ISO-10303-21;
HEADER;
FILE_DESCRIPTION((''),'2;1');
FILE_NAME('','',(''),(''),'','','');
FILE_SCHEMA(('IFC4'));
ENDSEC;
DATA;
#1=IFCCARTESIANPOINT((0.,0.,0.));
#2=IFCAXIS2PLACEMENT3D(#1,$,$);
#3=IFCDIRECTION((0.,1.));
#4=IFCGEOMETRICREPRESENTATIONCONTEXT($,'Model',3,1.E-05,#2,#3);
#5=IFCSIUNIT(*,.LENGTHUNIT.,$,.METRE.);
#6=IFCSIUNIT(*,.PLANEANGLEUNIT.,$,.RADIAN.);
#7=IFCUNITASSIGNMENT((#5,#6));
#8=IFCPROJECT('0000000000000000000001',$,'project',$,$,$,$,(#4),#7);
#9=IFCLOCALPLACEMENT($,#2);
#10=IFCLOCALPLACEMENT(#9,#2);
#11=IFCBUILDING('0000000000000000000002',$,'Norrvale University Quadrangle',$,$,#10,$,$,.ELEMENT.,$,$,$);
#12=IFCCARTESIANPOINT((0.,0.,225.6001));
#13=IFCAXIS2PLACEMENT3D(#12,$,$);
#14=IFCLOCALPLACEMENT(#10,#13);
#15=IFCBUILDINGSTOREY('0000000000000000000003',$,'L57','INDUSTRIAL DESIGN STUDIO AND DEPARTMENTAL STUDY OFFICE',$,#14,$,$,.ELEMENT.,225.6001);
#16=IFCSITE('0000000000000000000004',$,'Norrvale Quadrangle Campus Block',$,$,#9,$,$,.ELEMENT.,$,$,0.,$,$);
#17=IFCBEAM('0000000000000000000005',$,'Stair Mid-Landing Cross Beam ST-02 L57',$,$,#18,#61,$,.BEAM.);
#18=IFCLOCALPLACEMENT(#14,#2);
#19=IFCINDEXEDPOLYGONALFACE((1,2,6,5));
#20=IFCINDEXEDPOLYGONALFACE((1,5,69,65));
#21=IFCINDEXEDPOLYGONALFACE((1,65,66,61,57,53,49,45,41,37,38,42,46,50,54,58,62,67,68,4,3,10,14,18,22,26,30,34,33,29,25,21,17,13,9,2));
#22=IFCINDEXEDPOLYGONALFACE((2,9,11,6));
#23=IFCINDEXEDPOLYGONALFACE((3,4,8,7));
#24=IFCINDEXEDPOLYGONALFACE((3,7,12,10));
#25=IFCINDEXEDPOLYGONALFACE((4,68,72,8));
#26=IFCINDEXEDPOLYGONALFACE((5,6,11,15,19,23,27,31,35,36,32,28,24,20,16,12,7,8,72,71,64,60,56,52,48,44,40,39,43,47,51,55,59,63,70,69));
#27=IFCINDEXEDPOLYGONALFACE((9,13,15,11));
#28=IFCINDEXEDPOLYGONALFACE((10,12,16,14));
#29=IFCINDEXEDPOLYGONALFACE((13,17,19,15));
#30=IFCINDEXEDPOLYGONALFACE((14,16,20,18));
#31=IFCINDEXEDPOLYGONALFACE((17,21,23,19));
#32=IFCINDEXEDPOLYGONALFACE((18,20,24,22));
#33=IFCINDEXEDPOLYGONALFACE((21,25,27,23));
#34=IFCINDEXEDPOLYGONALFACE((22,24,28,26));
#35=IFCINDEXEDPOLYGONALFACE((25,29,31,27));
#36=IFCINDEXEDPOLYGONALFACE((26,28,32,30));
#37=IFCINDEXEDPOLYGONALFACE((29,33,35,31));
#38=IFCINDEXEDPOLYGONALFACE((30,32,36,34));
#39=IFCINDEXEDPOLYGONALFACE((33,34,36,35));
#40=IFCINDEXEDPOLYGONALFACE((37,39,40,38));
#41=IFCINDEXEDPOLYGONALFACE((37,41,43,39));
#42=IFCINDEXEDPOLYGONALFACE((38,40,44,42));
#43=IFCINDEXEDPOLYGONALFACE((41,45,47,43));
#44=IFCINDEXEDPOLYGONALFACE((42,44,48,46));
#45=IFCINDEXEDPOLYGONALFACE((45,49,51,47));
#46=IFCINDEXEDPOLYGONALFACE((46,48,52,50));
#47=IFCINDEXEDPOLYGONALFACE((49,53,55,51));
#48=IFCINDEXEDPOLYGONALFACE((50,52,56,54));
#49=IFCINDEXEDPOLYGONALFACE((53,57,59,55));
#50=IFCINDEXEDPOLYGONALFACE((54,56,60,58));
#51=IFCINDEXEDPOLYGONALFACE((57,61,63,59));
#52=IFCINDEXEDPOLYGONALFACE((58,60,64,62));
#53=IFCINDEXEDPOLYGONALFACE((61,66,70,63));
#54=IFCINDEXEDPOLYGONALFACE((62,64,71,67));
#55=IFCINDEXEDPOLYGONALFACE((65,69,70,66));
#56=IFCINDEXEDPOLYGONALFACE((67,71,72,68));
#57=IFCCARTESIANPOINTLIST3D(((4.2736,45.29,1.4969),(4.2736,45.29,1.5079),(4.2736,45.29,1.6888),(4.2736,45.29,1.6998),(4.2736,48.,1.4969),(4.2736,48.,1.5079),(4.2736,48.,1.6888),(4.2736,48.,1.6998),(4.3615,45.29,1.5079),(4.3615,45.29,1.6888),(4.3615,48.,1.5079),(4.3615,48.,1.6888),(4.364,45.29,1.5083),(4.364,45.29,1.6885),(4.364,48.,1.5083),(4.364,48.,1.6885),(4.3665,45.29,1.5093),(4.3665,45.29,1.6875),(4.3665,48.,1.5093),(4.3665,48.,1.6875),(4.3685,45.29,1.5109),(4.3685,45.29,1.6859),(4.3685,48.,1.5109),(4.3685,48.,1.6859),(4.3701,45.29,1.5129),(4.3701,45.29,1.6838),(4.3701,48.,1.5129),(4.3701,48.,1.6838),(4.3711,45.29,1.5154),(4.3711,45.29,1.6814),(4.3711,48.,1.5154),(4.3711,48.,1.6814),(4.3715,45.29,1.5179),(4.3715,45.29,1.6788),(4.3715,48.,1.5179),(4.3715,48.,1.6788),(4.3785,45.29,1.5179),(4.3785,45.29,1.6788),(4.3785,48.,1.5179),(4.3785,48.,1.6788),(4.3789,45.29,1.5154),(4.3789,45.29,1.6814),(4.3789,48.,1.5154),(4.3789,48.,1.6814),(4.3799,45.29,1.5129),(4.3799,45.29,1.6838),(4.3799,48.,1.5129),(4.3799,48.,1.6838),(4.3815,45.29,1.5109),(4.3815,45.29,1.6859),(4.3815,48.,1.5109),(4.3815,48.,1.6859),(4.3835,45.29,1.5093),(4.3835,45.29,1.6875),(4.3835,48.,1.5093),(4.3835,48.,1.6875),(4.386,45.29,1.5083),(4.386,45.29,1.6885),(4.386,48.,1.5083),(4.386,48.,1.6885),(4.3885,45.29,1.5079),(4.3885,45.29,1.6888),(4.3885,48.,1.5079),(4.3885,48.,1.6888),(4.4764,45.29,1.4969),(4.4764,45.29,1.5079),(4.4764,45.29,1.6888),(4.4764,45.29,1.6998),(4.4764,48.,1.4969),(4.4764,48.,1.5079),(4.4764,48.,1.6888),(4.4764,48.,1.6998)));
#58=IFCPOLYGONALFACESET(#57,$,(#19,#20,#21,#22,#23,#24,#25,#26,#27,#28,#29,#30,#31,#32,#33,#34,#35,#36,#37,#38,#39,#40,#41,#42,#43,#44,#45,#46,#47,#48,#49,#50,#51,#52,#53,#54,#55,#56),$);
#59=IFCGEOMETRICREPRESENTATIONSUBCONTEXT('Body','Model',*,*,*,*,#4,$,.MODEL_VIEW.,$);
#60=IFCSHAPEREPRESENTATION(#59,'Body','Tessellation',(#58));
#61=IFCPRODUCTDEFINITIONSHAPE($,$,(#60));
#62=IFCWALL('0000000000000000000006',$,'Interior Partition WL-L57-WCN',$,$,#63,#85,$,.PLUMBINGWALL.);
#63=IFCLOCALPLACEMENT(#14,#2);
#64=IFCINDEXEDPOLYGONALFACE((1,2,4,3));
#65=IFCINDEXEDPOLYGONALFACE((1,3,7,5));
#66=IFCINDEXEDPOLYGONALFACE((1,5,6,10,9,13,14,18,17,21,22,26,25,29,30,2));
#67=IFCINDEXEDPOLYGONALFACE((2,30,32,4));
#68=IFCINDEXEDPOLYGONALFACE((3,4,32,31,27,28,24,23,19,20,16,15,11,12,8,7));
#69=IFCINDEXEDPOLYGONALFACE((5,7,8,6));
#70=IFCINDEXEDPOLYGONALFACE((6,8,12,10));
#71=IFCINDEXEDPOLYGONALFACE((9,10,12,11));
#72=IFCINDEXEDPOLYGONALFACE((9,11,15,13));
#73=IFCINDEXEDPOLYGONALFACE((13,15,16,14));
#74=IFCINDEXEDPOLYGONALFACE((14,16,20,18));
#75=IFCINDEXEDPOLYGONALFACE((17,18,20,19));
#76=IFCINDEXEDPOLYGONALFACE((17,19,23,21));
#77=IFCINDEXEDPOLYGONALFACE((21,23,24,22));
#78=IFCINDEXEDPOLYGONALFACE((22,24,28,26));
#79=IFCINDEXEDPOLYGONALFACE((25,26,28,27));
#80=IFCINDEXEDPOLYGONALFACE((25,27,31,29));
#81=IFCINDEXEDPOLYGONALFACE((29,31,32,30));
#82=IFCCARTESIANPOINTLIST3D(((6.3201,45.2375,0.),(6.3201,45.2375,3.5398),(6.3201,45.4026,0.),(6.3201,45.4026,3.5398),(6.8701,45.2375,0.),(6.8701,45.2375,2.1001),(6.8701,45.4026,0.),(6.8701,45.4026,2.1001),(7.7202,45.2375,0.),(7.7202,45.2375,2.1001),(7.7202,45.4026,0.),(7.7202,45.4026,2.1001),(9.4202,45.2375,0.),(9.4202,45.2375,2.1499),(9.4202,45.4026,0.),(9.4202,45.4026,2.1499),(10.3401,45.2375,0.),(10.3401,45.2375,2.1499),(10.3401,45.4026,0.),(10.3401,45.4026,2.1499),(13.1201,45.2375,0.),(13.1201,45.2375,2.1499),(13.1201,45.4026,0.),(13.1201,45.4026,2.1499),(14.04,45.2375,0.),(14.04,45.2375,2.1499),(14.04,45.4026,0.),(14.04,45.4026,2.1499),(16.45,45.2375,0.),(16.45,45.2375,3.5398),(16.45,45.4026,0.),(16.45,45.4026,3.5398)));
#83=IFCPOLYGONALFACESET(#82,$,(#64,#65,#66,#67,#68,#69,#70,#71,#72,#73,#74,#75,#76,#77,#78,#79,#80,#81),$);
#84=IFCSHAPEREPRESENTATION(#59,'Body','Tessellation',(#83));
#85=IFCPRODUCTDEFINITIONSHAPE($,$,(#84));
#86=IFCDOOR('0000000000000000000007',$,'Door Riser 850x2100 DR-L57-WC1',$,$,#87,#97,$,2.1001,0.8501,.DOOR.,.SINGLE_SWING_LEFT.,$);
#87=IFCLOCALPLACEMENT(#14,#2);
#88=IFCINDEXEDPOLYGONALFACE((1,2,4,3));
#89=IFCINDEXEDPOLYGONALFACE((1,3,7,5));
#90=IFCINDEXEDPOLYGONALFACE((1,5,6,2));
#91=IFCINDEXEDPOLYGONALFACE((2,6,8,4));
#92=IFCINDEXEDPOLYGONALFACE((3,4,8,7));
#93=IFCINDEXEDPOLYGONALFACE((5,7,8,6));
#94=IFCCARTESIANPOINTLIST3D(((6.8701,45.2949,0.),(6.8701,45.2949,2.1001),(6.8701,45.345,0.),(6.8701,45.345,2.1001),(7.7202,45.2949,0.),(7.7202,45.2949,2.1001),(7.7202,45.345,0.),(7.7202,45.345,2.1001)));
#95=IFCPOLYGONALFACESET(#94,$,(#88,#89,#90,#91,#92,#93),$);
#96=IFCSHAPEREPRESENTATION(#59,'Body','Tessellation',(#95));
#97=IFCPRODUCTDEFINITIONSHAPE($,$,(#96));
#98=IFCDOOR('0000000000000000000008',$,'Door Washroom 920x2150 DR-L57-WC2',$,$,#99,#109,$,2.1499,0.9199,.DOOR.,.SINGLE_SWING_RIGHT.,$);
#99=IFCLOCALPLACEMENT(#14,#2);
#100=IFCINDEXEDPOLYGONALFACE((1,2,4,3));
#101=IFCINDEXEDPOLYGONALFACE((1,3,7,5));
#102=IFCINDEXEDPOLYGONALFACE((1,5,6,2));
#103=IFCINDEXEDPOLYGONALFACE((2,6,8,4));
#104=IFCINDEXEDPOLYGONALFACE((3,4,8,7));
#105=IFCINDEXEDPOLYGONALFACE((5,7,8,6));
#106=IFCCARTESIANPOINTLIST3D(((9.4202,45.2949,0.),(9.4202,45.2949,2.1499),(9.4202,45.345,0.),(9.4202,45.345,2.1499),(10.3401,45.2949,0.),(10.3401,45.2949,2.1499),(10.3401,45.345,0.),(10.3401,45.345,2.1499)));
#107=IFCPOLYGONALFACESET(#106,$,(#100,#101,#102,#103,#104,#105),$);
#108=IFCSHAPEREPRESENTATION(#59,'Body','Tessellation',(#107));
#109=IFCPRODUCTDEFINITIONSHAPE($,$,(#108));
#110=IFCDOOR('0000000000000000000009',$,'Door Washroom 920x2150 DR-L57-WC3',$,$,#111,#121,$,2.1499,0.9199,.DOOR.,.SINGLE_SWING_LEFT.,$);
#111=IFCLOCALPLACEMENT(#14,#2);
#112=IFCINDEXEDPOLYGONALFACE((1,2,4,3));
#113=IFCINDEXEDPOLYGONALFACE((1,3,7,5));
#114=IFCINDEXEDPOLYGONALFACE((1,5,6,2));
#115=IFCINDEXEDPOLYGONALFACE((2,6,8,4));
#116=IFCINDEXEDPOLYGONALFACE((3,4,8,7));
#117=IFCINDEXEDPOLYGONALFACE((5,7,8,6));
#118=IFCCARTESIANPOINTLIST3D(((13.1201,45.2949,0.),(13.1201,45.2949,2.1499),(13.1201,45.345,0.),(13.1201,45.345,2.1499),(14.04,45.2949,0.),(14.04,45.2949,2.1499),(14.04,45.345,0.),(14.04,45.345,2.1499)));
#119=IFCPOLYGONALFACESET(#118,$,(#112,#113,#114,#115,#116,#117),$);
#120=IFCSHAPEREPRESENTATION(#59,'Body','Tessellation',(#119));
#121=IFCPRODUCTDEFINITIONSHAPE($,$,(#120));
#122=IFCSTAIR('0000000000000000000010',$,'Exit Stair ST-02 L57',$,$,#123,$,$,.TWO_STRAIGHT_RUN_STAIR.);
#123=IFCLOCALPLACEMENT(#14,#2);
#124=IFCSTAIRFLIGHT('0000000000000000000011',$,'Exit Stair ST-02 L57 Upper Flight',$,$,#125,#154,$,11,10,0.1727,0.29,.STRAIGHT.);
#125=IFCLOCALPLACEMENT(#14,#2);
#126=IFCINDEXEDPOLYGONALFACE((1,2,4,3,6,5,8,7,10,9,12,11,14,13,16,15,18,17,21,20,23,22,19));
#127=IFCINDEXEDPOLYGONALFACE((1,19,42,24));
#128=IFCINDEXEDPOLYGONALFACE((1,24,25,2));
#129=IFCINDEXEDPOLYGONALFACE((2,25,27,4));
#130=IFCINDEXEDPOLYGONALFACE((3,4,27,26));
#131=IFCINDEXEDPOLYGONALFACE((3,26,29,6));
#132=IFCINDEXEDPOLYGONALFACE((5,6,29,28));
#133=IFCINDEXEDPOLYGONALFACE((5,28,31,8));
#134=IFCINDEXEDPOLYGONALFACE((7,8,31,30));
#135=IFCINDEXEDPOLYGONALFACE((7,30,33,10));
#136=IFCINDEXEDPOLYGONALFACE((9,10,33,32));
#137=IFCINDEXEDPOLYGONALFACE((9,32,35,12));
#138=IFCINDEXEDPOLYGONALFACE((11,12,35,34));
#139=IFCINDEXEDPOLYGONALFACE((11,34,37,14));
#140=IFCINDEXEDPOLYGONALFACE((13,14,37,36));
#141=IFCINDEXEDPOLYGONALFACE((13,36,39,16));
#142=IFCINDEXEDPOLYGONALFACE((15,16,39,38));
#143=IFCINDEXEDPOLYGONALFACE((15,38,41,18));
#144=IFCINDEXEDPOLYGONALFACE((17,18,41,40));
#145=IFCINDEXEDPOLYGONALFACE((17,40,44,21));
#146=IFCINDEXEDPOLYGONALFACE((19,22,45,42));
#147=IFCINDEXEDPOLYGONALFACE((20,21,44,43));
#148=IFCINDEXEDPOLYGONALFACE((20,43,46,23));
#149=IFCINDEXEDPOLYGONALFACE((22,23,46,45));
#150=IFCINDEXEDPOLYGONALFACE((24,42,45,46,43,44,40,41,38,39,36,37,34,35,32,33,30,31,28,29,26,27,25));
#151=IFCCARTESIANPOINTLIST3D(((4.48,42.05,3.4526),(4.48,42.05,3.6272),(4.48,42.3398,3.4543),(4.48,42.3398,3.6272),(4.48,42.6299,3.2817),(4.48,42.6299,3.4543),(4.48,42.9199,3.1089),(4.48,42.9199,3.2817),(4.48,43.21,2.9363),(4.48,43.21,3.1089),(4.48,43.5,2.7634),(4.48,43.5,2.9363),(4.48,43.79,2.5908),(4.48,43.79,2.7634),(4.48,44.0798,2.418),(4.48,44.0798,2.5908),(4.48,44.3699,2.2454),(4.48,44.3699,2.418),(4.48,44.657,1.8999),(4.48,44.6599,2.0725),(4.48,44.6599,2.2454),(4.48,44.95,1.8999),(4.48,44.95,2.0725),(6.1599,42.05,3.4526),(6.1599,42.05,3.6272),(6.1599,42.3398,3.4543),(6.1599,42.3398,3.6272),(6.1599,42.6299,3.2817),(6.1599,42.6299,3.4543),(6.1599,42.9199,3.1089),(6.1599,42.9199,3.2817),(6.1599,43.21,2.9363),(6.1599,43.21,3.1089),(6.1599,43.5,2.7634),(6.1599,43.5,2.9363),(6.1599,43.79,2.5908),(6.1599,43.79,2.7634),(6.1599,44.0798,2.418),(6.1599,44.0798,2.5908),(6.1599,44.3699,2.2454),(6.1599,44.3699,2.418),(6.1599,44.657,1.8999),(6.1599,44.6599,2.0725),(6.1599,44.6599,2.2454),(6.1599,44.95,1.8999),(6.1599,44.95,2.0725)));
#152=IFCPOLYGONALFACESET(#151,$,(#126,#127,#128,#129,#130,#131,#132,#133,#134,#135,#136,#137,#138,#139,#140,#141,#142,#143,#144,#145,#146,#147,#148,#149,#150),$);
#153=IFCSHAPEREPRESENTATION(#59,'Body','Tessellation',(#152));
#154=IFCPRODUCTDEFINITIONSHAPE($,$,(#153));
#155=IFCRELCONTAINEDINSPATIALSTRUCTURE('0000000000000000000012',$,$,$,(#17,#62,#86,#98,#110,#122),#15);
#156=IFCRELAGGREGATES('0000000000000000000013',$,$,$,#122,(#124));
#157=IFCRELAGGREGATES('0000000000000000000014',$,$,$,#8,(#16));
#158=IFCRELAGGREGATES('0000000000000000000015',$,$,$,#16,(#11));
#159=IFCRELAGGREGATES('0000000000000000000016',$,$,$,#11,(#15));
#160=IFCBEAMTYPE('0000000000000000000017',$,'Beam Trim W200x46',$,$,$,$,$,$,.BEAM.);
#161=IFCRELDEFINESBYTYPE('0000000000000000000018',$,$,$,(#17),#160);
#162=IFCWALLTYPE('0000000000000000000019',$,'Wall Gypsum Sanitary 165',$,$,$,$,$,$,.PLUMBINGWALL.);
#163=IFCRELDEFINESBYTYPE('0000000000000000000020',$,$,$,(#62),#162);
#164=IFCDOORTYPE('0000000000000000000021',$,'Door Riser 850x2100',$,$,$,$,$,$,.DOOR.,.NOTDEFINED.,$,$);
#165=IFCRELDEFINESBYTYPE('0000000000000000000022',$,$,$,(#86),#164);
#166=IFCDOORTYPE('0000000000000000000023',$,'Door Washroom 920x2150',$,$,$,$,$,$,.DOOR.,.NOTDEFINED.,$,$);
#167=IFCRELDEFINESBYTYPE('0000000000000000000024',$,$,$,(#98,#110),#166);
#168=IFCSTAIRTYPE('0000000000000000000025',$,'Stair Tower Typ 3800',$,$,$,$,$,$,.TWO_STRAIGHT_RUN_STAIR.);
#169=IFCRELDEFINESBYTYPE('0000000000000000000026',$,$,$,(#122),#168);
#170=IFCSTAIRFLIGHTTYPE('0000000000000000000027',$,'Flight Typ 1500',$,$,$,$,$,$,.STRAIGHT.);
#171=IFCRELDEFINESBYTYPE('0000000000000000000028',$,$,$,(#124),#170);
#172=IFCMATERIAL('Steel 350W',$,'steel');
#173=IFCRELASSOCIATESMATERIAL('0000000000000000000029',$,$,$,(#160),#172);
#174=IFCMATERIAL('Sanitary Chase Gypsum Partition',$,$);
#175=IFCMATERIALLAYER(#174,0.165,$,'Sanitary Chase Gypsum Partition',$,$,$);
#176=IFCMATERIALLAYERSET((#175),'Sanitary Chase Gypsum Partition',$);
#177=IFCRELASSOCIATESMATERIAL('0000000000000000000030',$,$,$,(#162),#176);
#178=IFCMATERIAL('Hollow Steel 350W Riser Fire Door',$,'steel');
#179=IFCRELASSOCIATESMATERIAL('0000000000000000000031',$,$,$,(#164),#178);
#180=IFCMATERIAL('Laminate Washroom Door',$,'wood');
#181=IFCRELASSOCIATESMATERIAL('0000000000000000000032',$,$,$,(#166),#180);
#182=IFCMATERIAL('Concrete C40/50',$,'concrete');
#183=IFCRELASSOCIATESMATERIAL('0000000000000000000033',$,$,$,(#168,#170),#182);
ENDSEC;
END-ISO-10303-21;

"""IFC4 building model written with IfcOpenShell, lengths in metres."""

from ifc_helpers import new_model, si_unit, direction, frame, frame_2d, origin, origin_2d, place, context, subcontext, project, spatial, polyline, rectangle, i_section, outline, extrude, material, layer, layer_set, material_profile, profile_set, type_object, element, fill, aggregate, save


model = new_model("IFC4")

# Units and contexts
model_context = context("Model", 3, precision=1e-05, world=origin(), true_north=direction((0.0, 1.0)))
body_context = subcontext(model_context, "Body", "Model", "MODEL_VIEW")
ifc_project = project(units=[si_unit("LENGTHUNIT", "METRE"), si_unit("PLANEANGLEUNIT", "RADIAN")], contexts=[model_context])

# Site, building, storey
site_placement = place(None, origin())
site = spatial("IfcSite", under=ifc_project, at=site_placement, Name="Norrvale Quadrangle Campus Block", CompositionType="ELEMENT", RefElevation=0.0)
building_placement = place(site_placement, origin())
building = spatial("IfcBuilding", under=site, at=building_placement, Name="Norrvale University Quadrangle", CompositionType="ELEMENT")
storey_placement = place(building_placement, frame((0.0, 0.0, 225.6001)))
storey = spatial("IfcBuildingStorey", under=building, at=storey_placement, Name="L57", Description="INDUSTRIAL DESIGN STUDIO AND DEPARTMENTAL STUDY OFFICE", CompositionType="ELEMENT", Elevation=225.6001)

# Beam
ifc_material_1 = material(Name="Steel 350W", Category="steel")
ifc_material_profile_1 = material_profile(ifc_material_1, i_section(OverallWidth=0.2029, OverallDepth=0.2029, WebThickness=0.0071, FlangeThickness=0.011, FilletRadius=0.01, at=origin_2d()), Name="Steel 350W")
ifc_profile_set_1 = profile_set([ifc_material_profile_1], Name="Steel 350W")
beam_type_1 = type_object("IfcBeamType", Name="Beam Trim W200x46", PredefinedType="BEAM", material=ifc_profile_set_1)
beam_1_placement = place(storey_placement, frame((4.375, 45.29, 1.5984), z_axis=(0.0, 1.0, 0.0), x_axis=(-1.0, 0.0, 0.0)))
element("IfcBeam", 1, at=beam_1_placement, inside=storey, type_object=beam_type_1, Name="Stair Mid-Landing Cross Beam ST-02 L57", PredefinedType="BEAM", context=body_context, shape_type="SweptSolid", body=[
    extrude(i_section(OverallWidth=0.2029, OverallDepth=0.2029, WebThickness=0.0071, FlangeThickness=0.011, FilletRadius=0.01, at=origin_2d()), origin(), (0.0, 0.0, 1.0), 2.71),
])

# Wall, openings, doors
ifc_material_2 = material(Name="Sanitary Chase Gypsum Partition")
ifc_layer = layer(ifc_material_2, 0.165, Name="Sanitary Chase Gypsum Partition")
ifc_layer_set = layer_set([ifc_layer], Name="Sanitary Chase Gypsum Partition")
wall_type = type_object("IfcWallType", Name="Wall Gypsum Sanitary 165", PredefinedType="PLUMBINGWALL", material=ifc_layer_set)
wall_placement = place(storey_placement, frame((6.3201, 45.3201, 0.0), z_axis=(0.0, 0.0, 1.0), x_axis=(1.0, 0.0, 0.0)))
wall = element("IfcWall", 2, at=wall_placement, inside=storey, type_object=wall_type, Name="Interior Partition WL-L57-WCN", PredefinedType="PLUMBINGWALL", context=body_context, shape_type="SweptSolid", body=[
    extrude(rectangle(XDim=10.1299, YDim=0.165, at=frame_2d((5.0649, 0.0))), origin(), (0.0, 0.0, 1.0), 3.5398),
])
opening_1_placement = place(wall_placement, frame((0.55, 0.0, 0.0)))
opening_1 = element("IfcOpeningElement", 3, at=opening_1_placement, cuts=wall, PredefinedType="OPENING", context=body_context, shape_type="SweptSolid", body=[
    extrude(rectangle(XDim=0.8501, YDim=2.1001, at=frame_2d((0.425, 1.05))), frame((0.0, 0.0945, 0.0), z_axis=(0.0, -1.0, 0.0), x_axis=(1.0, 0.0, 0.0)), (0.0, 0.0, 1.0), 0.189),
])
opening_2_placement = place(wall_placement, frame((3.1001, 0.0, 0.0)))
opening_2 = element("IfcOpeningElement", 4, at=opening_2_placement, cuts=wall, PredefinedType="OPENING", context=body_context, shape_type="SweptSolid", body=[
    extrude(rectangle(XDim=0.9199, YDim=2.1499, at=frame_2d((0.46, 1.075))), frame((0.0, 0.0945, 0.0), z_axis=(0.0, -1.0, 0.0), x_axis=(1.0, 0.0, 0.0)), (0.0, 0.0, 1.0), 0.189),
])
opening_3_placement = place(wall_placement, frame((6.8, 0.0, 0.0)))
opening_3 = element("IfcOpeningElement", 5, at=opening_3_placement, cuts=wall, PredefinedType="OPENING", context=body_context, shape_type="SweptSolid", body=[
    extrude(rectangle(XDim=0.9199, YDim=2.1499, at=frame_2d((0.46, 1.075))), frame((0.0, 0.0945, 0.0), z_axis=(0.0, -1.0, 0.0), x_axis=(1.0, 0.0, 0.0)), (0.0, 0.0, 1.0), 0.189),
])
ifc_material_3 = material(Name="Hollow Steel 350W Riser Fire Door", Category="steel")
door_type_1 = type_object("IfcDoorType", Name="Door Riser 850x2100", OperationType="NOTDEFINED", PredefinedType="DOOR", material=ifc_material_3)
door_1_placement = place(opening_1_placement, origin())
door_1 = element("IfcDoor", 6, at=door_1_placement, inside=storey, type_object=door_type_1, Name="Door Riser 850x2100 DR-L57-WC1", OperationType="SINGLE_SWING_LEFT", OverallHeight=2.1001, OverallWidth=0.8501, PredefinedType="DOOR", context=body_context, shape_type="SweptSolid", body=[
    extrude(rectangle(XDim=0.8501, YDim=2.1001, at=frame_2d((0.425, 1.05))), frame((0.0, 0.0249, 0.0), z_axis=(0.0, -1.0, 0.0), x_axis=(1.0, 0.0, 0.0)), (0.0, 0.0, 1.0), 0.05),
])
fill(opening_1, door_1)
ifc_material_4 = material(Name="Laminate Washroom Door", Category="wood")
door_type_2 = type_object("IfcDoorType", Name="Door Washroom 920x2150", OperationType="NOTDEFINED", PredefinedType="DOOR", material=ifc_material_4)
door_2_placement = place(opening_2_placement, origin())
door_2 = element("IfcDoor", 7, at=door_2_placement, inside=storey, type_object=door_type_2, Name="Door Washroom 920x2150 DR-L57-WC2", OperationType="SINGLE_SWING_RIGHT", OverallHeight=2.1499, OverallWidth=0.9199, PredefinedType="DOOR", context=body_context, shape_type="SweptSolid", body=[
    extrude(rectangle(XDim=0.9199, YDim=2.1499, at=frame_2d((0.46, 1.075))), frame((0.0, 0.0249, 0.0), z_axis=(0.0, -1.0, 0.0), x_axis=(1.0, 0.0, 0.0)), (0.0, 0.0, 1.0), 0.05),
])
fill(opening_2, door_2)
door_3_placement = place(opening_3_placement, origin())
door_3 = element("IfcDoor", 8, at=door_3_placement, inside=storey, type_object=door_type_2, Name="Door Washroom 920x2150 DR-L57-WC3", OperationType="SINGLE_SWING_LEFT", OverallHeight=2.1499, OverallWidth=0.9199, PredefinedType="DOOR", context=body_context, shape_type="SweptSolid", body=[
    extrude(rectangle(XDim=0.9199, YDim=2.1499, at=frame_2d((0.46, 1.075))), frame((0.0, 0.0249, 0.0), z_axis=(0.0, -1.0, 0.0), x_axis=(1.0, 0.0, 0.0)), (0.0, 0.0, 1.0), 0.05),
])
fill(opening_3, door_3)

# Stair, stair flight
ifc_material_5 = material(Name="Concrete C40/50", Category="concrete")
stair_type = type_object("IfcStairType", Name="Stair Tower Typ 3800", PredefinedType="TWO_STRAIGHT_RUN_STAIR", material=ifc_material_5)
stair_placement = place(storey_placement, origin())
stair = element("IfcStair", 9, at=stair_placement, inside=storey, type_object=stair_type, Name="Exit Stair ST-02 L57", PredefinedType="TWO_STRAIGHT_RUN_STAIR")
stair_flight_type = type_object("IfcStairFlightType", Name="Flight Typ 1500", PredefinedType="STRAIGHT", material=ifc_material_5)
stair_flight_placement = place(storey_placement, frame((5.3201, 44.95, 1.8999), z_axis=(0.0, 0.0, 1.0), x_axis=(0.0, -1.0, 0.0)))
stair_flight = element("IfcStairFlight", 10, at=stair_flight_placement, type_object=stair_flight_type, Name="Exit Stair ST-02 L57 Upper Flight", NumberOfRisers=11, NumberOfTreads=10, PredefinedType="STRAIGHT", RiserHeight=0.1727, TreadLength=0.29, context=body_context, shape_type="SweptSolid", body=[
    extrude(outline(polyline([(0.0, 0.0), (0.0, 0.1726), (0.29, 0.1726), (0.29, 0.3455), (0.5801, 0.3455), (0.5801, 0.5181), (0.8701, 0.5181), (0.8701, 0.6909), (1.1599, 0.6909), (1.1599, 0.8635), (1.45, 0.8635), (1.45, 1.0364), (1.74, 1.0364), (1.74, 1.209), (2.03, 1.209), (2.03, 1.3818), (2.3201, 1.3818), (2.3201, 1.5544), (2.6101, 1.5544), (2.6101, 1.7273), (2.8999, 1.7273), (2.8999, 1.8999), (2.8999, 1.5527), (0.293, 0.0), (0.0, 0.0)])), frame((0.0, 0.8398, 0.0), z_axis=(0.0, -1.0, 0.0), x_axis=(1.0, 0.0, 0.0)), (0.0, 0.0, 1.0), 1.6799),
])
aggregate(stair, [stair_flight])

save(model, "model.ifc")
